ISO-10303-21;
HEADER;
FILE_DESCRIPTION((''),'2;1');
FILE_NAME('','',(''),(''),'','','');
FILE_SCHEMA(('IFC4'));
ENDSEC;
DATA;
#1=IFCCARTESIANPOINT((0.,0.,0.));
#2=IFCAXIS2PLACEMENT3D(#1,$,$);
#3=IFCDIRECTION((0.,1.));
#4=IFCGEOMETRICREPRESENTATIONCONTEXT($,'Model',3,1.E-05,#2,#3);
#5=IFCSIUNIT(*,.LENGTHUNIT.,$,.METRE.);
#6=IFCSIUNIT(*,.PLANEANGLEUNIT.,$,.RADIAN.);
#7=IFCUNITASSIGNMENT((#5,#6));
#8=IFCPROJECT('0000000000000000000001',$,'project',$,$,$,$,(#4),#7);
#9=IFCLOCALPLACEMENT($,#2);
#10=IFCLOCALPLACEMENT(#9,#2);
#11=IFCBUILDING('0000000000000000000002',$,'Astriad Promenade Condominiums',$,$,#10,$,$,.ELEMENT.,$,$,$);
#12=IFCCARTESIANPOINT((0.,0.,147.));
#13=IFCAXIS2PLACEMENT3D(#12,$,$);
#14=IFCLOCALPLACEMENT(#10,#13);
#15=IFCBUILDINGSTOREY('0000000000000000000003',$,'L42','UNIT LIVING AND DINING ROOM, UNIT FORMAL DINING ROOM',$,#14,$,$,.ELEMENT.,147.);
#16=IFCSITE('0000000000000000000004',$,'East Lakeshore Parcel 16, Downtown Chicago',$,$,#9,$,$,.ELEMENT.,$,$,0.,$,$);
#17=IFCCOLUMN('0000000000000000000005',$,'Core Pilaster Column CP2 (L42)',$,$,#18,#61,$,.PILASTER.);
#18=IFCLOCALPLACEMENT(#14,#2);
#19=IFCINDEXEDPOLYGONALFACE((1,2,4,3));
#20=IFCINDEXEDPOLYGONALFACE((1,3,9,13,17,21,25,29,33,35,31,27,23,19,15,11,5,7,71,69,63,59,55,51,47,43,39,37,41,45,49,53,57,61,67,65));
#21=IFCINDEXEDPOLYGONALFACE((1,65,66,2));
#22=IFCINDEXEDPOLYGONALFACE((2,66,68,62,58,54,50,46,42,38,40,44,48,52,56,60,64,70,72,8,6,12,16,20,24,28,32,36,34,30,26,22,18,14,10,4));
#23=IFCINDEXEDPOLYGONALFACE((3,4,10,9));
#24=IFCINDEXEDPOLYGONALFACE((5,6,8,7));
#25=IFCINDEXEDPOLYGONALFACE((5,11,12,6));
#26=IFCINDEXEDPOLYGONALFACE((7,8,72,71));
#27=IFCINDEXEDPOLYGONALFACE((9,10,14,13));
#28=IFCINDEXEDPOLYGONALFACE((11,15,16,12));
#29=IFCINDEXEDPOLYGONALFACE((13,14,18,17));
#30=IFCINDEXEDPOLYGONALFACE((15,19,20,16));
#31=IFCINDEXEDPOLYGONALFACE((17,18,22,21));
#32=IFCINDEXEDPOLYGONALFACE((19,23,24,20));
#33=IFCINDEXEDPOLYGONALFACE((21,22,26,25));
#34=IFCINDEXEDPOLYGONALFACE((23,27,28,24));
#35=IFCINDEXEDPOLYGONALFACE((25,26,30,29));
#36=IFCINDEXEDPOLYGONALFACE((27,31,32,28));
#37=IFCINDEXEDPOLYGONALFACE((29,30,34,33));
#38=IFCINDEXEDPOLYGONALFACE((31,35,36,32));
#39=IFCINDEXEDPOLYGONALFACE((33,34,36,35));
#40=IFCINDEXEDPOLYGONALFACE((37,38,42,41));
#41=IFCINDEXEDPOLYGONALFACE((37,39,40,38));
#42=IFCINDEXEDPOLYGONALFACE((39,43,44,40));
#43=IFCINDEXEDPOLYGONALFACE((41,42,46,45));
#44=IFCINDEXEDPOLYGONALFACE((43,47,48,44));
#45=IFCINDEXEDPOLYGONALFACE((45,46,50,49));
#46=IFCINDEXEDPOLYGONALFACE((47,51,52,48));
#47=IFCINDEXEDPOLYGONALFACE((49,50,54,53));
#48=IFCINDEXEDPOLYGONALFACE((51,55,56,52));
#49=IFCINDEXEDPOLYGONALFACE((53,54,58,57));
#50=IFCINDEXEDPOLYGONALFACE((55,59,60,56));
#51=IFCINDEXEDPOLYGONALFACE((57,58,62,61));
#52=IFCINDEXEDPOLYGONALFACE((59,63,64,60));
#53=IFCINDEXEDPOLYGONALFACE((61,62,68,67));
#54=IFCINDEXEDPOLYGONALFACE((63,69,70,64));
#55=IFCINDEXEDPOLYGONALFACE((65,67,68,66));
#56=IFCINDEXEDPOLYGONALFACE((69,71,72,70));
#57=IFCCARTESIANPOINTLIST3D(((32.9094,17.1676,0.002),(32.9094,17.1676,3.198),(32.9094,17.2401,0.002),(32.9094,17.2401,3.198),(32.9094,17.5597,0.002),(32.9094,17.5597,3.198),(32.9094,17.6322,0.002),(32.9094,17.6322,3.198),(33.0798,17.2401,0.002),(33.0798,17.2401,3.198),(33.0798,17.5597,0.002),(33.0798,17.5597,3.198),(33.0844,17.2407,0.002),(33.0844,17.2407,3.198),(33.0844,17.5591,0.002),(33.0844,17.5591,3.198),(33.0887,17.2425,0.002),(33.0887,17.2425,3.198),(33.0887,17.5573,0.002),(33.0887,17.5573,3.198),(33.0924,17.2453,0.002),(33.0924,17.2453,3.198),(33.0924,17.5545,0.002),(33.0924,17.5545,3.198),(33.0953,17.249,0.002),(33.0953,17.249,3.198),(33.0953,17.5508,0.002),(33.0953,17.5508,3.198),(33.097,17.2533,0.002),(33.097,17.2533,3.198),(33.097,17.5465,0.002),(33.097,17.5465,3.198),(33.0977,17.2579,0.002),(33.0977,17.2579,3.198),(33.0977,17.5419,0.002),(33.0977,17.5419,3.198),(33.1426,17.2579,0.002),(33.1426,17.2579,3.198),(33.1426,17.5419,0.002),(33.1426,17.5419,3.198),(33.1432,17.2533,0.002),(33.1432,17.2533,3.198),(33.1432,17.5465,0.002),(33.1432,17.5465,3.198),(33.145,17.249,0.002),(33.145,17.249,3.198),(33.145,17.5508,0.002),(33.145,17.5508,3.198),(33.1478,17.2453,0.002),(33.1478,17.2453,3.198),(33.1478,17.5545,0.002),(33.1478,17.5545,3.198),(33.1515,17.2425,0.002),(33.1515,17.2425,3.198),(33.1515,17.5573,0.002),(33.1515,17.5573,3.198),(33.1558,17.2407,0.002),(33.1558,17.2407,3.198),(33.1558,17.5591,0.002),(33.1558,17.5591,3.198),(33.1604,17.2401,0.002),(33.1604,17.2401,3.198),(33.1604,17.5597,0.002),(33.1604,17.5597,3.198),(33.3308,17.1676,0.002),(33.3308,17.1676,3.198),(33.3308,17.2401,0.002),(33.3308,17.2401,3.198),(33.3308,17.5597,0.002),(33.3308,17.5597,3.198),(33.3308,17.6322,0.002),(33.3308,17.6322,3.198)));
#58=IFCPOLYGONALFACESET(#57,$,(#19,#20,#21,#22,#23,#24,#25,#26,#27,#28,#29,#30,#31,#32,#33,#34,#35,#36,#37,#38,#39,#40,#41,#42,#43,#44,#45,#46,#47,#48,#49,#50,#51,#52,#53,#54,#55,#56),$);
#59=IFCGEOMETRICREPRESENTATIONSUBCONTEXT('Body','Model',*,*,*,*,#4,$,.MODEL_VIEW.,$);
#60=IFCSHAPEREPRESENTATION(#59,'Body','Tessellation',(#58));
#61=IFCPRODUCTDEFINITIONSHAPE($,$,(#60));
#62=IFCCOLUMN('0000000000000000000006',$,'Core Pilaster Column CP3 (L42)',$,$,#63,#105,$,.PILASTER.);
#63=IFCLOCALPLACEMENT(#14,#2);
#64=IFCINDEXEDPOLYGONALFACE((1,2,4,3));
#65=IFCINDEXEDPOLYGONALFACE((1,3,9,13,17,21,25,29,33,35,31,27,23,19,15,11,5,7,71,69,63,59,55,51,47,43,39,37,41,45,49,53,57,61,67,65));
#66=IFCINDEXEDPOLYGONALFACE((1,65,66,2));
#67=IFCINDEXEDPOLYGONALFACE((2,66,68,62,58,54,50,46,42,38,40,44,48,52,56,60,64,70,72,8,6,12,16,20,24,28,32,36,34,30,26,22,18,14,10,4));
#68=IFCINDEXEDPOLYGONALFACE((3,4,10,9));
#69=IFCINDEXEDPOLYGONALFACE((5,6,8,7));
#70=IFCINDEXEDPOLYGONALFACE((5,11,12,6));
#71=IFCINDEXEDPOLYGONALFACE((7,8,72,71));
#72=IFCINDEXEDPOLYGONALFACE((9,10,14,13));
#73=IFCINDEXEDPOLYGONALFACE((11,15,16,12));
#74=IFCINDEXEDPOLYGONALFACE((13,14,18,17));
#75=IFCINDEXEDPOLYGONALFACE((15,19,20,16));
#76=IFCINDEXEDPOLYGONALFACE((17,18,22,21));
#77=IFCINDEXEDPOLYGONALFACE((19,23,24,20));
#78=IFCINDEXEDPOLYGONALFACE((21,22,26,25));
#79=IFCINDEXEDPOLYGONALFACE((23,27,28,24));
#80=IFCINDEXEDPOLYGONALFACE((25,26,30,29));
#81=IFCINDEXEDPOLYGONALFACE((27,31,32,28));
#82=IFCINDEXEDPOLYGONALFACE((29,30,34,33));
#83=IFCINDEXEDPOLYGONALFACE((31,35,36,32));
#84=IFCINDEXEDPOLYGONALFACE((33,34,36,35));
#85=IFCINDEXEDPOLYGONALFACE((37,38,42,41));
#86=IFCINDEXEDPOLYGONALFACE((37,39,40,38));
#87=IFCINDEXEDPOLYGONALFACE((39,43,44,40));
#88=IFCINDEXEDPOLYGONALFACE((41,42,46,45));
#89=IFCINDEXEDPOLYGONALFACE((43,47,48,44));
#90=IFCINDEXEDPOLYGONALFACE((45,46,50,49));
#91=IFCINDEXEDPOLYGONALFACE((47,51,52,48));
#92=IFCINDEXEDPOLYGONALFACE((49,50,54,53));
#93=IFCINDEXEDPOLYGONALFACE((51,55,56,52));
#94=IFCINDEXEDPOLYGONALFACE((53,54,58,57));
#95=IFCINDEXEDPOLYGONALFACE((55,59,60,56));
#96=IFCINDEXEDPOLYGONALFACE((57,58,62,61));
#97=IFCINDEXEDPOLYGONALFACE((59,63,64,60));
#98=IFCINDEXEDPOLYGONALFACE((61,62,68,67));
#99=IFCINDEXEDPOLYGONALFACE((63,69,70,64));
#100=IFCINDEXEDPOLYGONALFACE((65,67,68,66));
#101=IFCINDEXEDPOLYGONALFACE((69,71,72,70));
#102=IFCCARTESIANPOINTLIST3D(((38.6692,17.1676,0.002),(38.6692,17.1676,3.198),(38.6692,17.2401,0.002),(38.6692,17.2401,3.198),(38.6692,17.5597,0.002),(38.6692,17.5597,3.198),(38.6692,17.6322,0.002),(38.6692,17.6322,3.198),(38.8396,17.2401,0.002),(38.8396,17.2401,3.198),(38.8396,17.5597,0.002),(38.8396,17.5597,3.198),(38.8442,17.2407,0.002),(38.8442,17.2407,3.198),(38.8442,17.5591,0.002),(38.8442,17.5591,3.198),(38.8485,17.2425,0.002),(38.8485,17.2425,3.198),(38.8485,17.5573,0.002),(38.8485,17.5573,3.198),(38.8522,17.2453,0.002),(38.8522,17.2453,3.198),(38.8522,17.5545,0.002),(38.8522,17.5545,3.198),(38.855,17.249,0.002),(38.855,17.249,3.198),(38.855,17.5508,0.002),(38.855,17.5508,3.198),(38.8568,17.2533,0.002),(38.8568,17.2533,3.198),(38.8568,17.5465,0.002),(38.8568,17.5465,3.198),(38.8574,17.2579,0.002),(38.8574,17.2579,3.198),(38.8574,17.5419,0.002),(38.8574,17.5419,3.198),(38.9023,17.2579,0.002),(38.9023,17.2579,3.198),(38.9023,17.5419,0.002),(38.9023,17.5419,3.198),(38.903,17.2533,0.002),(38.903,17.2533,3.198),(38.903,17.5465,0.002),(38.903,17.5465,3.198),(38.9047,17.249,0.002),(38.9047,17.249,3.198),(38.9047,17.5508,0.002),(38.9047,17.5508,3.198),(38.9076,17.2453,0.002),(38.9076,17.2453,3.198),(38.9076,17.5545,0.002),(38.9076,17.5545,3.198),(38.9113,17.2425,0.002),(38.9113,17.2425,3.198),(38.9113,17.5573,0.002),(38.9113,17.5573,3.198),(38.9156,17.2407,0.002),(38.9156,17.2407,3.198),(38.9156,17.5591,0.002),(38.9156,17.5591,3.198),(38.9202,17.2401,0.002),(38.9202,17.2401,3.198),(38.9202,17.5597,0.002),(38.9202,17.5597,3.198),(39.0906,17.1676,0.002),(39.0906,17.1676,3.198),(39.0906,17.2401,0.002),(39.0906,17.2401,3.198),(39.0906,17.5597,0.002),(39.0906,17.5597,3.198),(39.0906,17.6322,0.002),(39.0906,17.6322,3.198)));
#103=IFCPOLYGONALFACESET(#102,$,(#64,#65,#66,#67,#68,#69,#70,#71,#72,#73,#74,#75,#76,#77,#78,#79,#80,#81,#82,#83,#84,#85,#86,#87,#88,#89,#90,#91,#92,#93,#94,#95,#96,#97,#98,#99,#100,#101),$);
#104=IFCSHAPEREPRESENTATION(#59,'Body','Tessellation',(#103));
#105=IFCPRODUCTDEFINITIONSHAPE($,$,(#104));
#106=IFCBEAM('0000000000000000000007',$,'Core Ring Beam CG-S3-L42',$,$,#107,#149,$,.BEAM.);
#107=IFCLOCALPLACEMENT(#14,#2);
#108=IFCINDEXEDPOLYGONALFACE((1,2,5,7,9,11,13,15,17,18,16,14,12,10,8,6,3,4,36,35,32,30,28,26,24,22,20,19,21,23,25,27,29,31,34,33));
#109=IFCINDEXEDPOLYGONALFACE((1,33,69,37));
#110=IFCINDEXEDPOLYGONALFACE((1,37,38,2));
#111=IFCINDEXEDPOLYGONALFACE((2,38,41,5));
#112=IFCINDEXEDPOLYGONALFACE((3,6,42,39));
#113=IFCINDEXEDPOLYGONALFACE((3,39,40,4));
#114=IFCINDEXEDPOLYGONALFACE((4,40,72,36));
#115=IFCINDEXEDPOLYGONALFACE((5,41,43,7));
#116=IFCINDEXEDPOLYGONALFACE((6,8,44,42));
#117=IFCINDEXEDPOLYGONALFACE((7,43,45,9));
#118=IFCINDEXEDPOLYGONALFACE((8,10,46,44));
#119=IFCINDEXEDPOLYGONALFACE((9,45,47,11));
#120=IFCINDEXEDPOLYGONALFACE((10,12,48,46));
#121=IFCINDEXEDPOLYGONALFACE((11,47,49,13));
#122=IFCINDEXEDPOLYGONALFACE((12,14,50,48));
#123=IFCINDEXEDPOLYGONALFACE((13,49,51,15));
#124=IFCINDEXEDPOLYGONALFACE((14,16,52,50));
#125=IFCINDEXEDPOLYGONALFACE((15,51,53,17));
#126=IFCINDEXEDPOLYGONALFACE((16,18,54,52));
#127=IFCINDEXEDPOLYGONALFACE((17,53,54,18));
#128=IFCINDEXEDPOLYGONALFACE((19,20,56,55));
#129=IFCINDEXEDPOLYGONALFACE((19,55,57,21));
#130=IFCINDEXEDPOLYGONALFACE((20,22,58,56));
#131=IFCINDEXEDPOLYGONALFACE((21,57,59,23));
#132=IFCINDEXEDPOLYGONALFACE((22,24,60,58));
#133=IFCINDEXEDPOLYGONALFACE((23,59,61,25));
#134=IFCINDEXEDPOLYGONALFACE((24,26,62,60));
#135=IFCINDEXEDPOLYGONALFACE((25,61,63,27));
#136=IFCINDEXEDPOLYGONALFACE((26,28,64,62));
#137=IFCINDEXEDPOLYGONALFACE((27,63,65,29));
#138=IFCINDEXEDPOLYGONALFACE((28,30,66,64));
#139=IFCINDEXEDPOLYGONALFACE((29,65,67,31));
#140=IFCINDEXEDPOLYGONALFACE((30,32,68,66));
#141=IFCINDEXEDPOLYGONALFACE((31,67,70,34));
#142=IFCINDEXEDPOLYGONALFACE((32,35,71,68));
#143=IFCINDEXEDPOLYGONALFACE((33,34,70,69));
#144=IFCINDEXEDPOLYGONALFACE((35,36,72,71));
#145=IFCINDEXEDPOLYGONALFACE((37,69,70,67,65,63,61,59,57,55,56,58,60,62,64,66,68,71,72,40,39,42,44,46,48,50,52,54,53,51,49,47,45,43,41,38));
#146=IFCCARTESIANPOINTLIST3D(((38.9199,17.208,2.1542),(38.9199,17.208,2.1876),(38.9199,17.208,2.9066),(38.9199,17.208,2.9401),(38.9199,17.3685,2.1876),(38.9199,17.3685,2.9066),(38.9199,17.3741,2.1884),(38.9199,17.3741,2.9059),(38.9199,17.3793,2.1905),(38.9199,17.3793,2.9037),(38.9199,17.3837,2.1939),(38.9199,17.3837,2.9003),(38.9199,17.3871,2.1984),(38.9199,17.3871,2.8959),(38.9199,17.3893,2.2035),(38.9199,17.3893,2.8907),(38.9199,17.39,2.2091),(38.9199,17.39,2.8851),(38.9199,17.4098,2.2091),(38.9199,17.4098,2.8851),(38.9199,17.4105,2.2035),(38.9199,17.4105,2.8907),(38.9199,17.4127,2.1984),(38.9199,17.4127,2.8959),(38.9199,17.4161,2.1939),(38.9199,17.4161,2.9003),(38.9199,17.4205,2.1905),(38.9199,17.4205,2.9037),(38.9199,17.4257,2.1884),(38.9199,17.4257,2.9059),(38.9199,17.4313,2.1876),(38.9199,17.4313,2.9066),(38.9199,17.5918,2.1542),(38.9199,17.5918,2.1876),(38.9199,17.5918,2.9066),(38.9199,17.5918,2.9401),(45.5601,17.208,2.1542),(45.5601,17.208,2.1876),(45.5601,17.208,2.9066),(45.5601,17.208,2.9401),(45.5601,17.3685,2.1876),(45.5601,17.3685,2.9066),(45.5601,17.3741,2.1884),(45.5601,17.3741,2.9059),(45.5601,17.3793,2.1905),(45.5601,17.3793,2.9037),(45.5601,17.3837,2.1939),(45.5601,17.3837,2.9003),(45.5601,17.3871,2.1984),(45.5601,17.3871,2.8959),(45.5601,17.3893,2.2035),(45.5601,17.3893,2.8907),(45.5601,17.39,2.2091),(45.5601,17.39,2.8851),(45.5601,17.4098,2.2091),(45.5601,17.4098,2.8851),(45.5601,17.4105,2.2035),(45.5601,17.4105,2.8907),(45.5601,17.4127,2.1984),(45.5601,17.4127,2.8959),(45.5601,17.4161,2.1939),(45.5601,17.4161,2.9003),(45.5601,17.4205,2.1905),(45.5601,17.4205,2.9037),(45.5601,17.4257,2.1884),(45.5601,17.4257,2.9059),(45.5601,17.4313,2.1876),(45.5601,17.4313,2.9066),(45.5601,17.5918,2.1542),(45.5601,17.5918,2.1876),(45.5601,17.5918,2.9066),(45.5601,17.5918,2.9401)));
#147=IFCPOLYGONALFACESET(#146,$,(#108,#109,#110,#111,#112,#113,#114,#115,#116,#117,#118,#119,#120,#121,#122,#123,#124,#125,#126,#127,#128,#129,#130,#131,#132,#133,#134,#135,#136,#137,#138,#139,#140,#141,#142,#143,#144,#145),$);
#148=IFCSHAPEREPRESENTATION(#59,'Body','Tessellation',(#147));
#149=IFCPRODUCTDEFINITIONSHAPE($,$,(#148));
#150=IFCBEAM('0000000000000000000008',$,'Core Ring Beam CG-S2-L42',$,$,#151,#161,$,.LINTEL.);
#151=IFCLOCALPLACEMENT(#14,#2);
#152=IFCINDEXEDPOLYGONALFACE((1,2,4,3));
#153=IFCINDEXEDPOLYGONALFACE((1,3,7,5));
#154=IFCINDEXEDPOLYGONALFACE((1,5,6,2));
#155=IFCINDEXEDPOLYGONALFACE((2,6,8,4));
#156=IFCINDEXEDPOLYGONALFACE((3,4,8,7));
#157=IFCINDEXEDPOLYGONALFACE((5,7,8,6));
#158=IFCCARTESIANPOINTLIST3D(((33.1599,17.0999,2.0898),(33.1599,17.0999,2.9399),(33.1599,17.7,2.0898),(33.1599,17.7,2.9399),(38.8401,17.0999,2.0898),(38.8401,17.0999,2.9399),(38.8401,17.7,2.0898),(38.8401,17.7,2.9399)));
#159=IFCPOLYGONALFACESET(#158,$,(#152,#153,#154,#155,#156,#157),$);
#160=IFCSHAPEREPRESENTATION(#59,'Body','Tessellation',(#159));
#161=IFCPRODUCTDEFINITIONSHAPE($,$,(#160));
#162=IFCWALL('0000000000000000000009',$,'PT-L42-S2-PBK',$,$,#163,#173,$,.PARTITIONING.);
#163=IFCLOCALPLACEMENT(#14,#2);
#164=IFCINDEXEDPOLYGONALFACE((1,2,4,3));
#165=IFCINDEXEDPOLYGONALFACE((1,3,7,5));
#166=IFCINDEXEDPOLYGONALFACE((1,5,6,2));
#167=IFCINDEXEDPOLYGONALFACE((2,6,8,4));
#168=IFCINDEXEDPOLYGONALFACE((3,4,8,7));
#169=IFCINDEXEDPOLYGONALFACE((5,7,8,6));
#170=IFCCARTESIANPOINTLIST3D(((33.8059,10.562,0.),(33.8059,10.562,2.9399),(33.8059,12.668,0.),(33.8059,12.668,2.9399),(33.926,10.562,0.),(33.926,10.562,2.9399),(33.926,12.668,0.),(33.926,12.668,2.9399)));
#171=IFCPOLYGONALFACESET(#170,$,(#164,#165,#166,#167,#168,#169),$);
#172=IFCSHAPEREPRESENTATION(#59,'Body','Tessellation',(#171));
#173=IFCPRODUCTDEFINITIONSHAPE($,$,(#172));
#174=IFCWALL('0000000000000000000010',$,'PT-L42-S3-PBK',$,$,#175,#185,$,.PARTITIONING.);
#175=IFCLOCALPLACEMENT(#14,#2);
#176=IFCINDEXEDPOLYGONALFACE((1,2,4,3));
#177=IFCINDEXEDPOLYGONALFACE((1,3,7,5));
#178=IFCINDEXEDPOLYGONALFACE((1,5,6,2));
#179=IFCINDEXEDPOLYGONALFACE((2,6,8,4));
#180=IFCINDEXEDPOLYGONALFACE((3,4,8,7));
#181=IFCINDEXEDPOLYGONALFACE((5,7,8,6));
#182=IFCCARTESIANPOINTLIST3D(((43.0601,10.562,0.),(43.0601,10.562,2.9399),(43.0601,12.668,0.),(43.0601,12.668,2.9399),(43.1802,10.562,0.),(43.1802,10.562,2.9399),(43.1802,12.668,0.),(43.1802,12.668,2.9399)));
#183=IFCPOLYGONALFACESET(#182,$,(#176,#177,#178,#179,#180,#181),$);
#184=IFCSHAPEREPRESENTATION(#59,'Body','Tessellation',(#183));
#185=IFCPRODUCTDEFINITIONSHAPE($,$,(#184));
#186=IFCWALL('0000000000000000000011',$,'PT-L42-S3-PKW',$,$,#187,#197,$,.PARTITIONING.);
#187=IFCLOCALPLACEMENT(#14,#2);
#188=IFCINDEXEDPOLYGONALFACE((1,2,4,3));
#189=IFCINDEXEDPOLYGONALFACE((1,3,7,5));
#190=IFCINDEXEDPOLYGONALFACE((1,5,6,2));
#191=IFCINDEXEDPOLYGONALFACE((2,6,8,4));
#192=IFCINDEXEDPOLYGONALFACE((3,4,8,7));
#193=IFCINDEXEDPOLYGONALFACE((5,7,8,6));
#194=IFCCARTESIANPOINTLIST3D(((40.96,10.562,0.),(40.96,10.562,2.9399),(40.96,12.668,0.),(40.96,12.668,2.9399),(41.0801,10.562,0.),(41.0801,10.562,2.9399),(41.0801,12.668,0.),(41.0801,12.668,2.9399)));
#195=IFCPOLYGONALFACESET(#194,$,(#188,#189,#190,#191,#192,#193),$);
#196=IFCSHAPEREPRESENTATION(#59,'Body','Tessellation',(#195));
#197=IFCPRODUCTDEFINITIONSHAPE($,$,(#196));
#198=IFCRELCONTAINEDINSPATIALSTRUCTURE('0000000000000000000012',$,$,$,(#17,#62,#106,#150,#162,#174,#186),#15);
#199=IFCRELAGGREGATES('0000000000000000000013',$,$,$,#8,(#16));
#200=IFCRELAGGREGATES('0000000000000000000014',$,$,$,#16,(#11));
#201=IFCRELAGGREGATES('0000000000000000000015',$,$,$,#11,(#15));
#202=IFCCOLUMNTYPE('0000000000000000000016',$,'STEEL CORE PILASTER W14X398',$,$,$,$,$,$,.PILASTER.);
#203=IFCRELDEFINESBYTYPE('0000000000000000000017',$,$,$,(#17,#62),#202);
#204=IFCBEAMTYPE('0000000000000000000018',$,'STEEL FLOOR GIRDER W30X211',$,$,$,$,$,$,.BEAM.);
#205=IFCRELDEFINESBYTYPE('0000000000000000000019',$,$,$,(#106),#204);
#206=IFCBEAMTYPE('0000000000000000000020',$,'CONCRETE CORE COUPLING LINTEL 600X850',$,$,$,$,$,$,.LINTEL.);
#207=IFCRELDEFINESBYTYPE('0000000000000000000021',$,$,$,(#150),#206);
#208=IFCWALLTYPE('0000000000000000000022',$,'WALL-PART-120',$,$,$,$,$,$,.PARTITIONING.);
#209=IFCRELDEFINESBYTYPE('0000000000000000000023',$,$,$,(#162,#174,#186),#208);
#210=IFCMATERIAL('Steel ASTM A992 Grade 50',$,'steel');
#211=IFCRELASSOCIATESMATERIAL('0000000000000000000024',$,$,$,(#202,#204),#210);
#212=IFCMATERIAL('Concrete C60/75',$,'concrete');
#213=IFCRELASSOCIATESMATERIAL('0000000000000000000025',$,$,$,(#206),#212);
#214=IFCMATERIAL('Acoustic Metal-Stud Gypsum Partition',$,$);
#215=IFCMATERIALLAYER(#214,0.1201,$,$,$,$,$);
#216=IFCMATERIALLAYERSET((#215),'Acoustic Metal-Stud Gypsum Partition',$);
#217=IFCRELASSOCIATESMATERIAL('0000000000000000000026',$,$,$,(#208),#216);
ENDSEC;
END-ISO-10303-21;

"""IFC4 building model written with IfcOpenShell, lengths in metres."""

from ifc_helpers import new_model, si_unit, direction, frame, frame_2d, origin, origin_2d, place, context, subcontext, project, spatial, rectangle, i_section, extrude, source, transform, mapped, material, layer, layer_set, material_profile, profile_set, type_object, type_shapes, element, save


model = new_model("IFC4")

# Units and contexts
model_context = context("Model", 3, precision=1e-05, world=origin(), true_north=direction((0.0, 1.0)))
body_context = subcontext(model_context, "Body", "Model", "MODEL_VIEW")
ifc_project = project(units=[si_unit("LENGTHUNIT", "METRE"), si_unit("PLANEANGLEUNIT", "RADIAN")], contexts=[model_context])

# Site, building, storey
site_placement = place(None, origin())
site = spatial("IfcSite", under=ifc_project, at=site_placement, Name="East Lakeshore Parcel 16, Downtown Chicago", CompositionType="ELEMENT", RefElevation=0.0)
building_placement = place(site_placement, origin())
building = spatial("IfcBuilding", under=site, at=building_placement, Name="Astriad Promenade Condominiums", CompositionType="ELEMENT")
storey_placement = place(building_placement, frame((0.0, 0.0, 147.0)))
storey = spatial("IfcBuildingStorey", under=building, at=storey_placement, Name="L42", Description="UNIT LIVING AND DINING ROOM, UNIT FORMAL DINING ROOM", CompositionType="ELEMENT", Elevation=147.0)

# Columns
ifc_material_1 = material(Name="Steel ASTM A992 Grade 50", Category="steel")
ifc_material_profile_1 = material_profile(ifc_material_1, i_section(OverallWidth=0.4214, OverallDepth=0.4646, WebThickness=0.0449, FlangeThickness=0.0725, FilletRadius=0.0178, at=origin_2d()), Name="W14X398")
ifc_profile_set_1 = profile_set([ifc_material_profile_1], Name="Steel ASTM A992 Grade 50")
column_type = type_object("IfcColumnType", Name="STEEL CORE PILASTER W14X398", PredefinedType="PILASTER", material=ifc_profile_set_1)
shared_shape_1 = source(origin(), body_context, "Body", "SweptSolid", [
    extrude(i_section(OverallWidth=0.4214, OverallDepth=0.4646, WebThickness=0.0449, FlangeThickness=0.0725, FilletRadius=0.0178, at=origin_2d()), origin(), (0.0, 0.0, 1.0), 3.196),
])
type_shapes(column_type, [shared_shape_1])
for number, where, z_axis, x_axis, name in (
    (1, (33.1201, 17.3999, 0.002), (0.0, 0.0, 1.0), (1.0, 0.0, 0.0), "Core Pilaster Column CP2 (L42)"),
    (2, (38.8799, 17.3999, 0.002), (0.0, 0.0, 1.0), (1.0, 0.0, 0.0), "Core Pilaster Column CP3 (L42)"),
):
    element("IfcColumn", number, at=place(storey_placement, frame(where, z_axis=z_axis, x_axis=x_axis)), inside=storey, type_object=column_type, Name=name, PredefinedType="PILASTER", context=body_context, shape_type="MappedRepresentation", body=[
        mapped(shared_shape_1, transform((0.0, 0.0, 0.0), scale=1.0)),
    ])

# Beams
ifc_material_profile_2 = material_profile(ifc_material_1, i_section(OverallWidth=0.3838, OverallDepth=0.7859, WebThickness=0.0198, FlangeThickness=0.0334, FilletRadius=0.0215, at=origin_2d()), Name="W30X211")
ifc_profile_set_2 = profile_set([ifc_material_profile_2], Name="Steel ASTM A992 Grade 50")
beam_type_1 = type_object("IfcBeamType", Name="STEEL FLOOR GIRDER W30X211", PredefinedType="BEAM", material=ifc_profile_set_2)
shared_shape_2 = source(origin(), body_context, "Body", "SweptSolid", [
    extrude(i_section(OverallWidth=0.3838, OverallDepth=0.7859, WebThickness=0.0198, FlangeThickness=0.0334, FilletRadius=0.0215, at=origin_2d()), origin(), (0.0, 0.0, 1.0), 6.6401),
])
type_shapes(beam_type_1, [shared_shape_2])
beam_1_placement = place(storey_placement, frame((38.9199, 17.3999, 2.5471), z_axis=(1.0, 0.0, 0.0), x_axis=(0.0, 1.0, 0.0)))
element("IfcBeam", 3, at=beam_1_placement, inside=storey, type_object=beam_type_1, Name="Core Ring Beam CG-S3-L42", PredefinedType="BEAM", context=body_context, shape_type="MappedRepresentation", body=[
    mapped(shared_shape_2, transform((0.0, 0.0, 0.0), scale=1.0)),
])
ifc_material_2 = material(Name="Concrete C60/75", Category="concrete")
ifc_material_profile_3 = material_profile(ifc_material_2, rectangle(XDim=0.6001, YDim=0.8501, at=origin_2d()), Name="RC-BM-600X850")
ifc_profile_set_3 = profile_set([ifc_material_profile_3], Name="Concrete C60/75")
beam_type_2 = type_object("IfcBeamType", Name="CONCRETE CORE COUPLING LINTEL 600X850", PredefinedType="LINTEL", material=ifc_profile_set_3)
shared_shape_3 = source(origin(), body_context, "Body", "SweptSolid", [
    extrude(rectangle(XDim=0.6001, YDim=0.8501, at=origin_2d()), origin(), (0.0, 0.0, 1.0), 5.6802),
])
type_shapes(beam_type_2, [shared_shape_3])
beam_2_placement = place(storey_placement, frame((33.1599, 17.3999, 2.5149), z_axis=(1.0, 0.0, 0.0), x_axis=(0.0, 1.0, 0.0)))
element("IfcBeam", 4, at=beam_2_placement, inside=storey, type_object=beam_type_2, Name="Core Ring Beam CG-S2-L42", PredefinedType="LINTEL", context=body_context, shape_type="MappedRepresentation", body=[
    mapped(shared_shape_3, transform((0.0, 0.0, 0.0), scale=1.0)),
])

# Walls
ifc_material_3 = material(Name="Acoustic Metal-Stud Gypsum Partition")
ifc_layer_1 = layer(ifc_material_3, 0.1201)
ifc_layer_set_1 = layer_set([ifc_layer_1], Name="Acoustic Metal-Stud Gypsum Partition")
wall_type_1 = type_object("IfcWallType", Name="WALL-PART-120", PredefinedType="PARTITIONING", material=ifc_layer_set_1)
for number, where, z_axis, x_axis, name in (
    (5, (33.866, 10.562, 0.0), (0.0, 0.0, 1.0), (0.0, 1.0, 0.0), "PT-L42-S2-PBK"),
    (6, (43.1201, 10.562, 0.0), (0.0, 0.0, 1.0), (0.0, 1.0, 0.0), "PT-L42-S3-PBK"),
    (7, (41.02, 10.562, 0.0), (0.0, 0.0, 1.0), (0.0, 1.0, 0.0), "PT-L42-S3-PKW"),
):
    element("IfcWall", number, at=place(storey_placement, frame(where, z_axis=z_axis, x_axis=x_axis)), inside=storey, type_object=wall_type_1, Name=name, PredefinedType="PARTITIONING", context=body_context, shape_type="SweptSolid", body=[
        extrude(rectangle(XDim=2.106, YDim=0.1201, at=frame_2d((1.053, 0.0))), origin(), (0.0, 0.0, 1.0), 2.9399),
    ])

save(model, "model.ifc")
